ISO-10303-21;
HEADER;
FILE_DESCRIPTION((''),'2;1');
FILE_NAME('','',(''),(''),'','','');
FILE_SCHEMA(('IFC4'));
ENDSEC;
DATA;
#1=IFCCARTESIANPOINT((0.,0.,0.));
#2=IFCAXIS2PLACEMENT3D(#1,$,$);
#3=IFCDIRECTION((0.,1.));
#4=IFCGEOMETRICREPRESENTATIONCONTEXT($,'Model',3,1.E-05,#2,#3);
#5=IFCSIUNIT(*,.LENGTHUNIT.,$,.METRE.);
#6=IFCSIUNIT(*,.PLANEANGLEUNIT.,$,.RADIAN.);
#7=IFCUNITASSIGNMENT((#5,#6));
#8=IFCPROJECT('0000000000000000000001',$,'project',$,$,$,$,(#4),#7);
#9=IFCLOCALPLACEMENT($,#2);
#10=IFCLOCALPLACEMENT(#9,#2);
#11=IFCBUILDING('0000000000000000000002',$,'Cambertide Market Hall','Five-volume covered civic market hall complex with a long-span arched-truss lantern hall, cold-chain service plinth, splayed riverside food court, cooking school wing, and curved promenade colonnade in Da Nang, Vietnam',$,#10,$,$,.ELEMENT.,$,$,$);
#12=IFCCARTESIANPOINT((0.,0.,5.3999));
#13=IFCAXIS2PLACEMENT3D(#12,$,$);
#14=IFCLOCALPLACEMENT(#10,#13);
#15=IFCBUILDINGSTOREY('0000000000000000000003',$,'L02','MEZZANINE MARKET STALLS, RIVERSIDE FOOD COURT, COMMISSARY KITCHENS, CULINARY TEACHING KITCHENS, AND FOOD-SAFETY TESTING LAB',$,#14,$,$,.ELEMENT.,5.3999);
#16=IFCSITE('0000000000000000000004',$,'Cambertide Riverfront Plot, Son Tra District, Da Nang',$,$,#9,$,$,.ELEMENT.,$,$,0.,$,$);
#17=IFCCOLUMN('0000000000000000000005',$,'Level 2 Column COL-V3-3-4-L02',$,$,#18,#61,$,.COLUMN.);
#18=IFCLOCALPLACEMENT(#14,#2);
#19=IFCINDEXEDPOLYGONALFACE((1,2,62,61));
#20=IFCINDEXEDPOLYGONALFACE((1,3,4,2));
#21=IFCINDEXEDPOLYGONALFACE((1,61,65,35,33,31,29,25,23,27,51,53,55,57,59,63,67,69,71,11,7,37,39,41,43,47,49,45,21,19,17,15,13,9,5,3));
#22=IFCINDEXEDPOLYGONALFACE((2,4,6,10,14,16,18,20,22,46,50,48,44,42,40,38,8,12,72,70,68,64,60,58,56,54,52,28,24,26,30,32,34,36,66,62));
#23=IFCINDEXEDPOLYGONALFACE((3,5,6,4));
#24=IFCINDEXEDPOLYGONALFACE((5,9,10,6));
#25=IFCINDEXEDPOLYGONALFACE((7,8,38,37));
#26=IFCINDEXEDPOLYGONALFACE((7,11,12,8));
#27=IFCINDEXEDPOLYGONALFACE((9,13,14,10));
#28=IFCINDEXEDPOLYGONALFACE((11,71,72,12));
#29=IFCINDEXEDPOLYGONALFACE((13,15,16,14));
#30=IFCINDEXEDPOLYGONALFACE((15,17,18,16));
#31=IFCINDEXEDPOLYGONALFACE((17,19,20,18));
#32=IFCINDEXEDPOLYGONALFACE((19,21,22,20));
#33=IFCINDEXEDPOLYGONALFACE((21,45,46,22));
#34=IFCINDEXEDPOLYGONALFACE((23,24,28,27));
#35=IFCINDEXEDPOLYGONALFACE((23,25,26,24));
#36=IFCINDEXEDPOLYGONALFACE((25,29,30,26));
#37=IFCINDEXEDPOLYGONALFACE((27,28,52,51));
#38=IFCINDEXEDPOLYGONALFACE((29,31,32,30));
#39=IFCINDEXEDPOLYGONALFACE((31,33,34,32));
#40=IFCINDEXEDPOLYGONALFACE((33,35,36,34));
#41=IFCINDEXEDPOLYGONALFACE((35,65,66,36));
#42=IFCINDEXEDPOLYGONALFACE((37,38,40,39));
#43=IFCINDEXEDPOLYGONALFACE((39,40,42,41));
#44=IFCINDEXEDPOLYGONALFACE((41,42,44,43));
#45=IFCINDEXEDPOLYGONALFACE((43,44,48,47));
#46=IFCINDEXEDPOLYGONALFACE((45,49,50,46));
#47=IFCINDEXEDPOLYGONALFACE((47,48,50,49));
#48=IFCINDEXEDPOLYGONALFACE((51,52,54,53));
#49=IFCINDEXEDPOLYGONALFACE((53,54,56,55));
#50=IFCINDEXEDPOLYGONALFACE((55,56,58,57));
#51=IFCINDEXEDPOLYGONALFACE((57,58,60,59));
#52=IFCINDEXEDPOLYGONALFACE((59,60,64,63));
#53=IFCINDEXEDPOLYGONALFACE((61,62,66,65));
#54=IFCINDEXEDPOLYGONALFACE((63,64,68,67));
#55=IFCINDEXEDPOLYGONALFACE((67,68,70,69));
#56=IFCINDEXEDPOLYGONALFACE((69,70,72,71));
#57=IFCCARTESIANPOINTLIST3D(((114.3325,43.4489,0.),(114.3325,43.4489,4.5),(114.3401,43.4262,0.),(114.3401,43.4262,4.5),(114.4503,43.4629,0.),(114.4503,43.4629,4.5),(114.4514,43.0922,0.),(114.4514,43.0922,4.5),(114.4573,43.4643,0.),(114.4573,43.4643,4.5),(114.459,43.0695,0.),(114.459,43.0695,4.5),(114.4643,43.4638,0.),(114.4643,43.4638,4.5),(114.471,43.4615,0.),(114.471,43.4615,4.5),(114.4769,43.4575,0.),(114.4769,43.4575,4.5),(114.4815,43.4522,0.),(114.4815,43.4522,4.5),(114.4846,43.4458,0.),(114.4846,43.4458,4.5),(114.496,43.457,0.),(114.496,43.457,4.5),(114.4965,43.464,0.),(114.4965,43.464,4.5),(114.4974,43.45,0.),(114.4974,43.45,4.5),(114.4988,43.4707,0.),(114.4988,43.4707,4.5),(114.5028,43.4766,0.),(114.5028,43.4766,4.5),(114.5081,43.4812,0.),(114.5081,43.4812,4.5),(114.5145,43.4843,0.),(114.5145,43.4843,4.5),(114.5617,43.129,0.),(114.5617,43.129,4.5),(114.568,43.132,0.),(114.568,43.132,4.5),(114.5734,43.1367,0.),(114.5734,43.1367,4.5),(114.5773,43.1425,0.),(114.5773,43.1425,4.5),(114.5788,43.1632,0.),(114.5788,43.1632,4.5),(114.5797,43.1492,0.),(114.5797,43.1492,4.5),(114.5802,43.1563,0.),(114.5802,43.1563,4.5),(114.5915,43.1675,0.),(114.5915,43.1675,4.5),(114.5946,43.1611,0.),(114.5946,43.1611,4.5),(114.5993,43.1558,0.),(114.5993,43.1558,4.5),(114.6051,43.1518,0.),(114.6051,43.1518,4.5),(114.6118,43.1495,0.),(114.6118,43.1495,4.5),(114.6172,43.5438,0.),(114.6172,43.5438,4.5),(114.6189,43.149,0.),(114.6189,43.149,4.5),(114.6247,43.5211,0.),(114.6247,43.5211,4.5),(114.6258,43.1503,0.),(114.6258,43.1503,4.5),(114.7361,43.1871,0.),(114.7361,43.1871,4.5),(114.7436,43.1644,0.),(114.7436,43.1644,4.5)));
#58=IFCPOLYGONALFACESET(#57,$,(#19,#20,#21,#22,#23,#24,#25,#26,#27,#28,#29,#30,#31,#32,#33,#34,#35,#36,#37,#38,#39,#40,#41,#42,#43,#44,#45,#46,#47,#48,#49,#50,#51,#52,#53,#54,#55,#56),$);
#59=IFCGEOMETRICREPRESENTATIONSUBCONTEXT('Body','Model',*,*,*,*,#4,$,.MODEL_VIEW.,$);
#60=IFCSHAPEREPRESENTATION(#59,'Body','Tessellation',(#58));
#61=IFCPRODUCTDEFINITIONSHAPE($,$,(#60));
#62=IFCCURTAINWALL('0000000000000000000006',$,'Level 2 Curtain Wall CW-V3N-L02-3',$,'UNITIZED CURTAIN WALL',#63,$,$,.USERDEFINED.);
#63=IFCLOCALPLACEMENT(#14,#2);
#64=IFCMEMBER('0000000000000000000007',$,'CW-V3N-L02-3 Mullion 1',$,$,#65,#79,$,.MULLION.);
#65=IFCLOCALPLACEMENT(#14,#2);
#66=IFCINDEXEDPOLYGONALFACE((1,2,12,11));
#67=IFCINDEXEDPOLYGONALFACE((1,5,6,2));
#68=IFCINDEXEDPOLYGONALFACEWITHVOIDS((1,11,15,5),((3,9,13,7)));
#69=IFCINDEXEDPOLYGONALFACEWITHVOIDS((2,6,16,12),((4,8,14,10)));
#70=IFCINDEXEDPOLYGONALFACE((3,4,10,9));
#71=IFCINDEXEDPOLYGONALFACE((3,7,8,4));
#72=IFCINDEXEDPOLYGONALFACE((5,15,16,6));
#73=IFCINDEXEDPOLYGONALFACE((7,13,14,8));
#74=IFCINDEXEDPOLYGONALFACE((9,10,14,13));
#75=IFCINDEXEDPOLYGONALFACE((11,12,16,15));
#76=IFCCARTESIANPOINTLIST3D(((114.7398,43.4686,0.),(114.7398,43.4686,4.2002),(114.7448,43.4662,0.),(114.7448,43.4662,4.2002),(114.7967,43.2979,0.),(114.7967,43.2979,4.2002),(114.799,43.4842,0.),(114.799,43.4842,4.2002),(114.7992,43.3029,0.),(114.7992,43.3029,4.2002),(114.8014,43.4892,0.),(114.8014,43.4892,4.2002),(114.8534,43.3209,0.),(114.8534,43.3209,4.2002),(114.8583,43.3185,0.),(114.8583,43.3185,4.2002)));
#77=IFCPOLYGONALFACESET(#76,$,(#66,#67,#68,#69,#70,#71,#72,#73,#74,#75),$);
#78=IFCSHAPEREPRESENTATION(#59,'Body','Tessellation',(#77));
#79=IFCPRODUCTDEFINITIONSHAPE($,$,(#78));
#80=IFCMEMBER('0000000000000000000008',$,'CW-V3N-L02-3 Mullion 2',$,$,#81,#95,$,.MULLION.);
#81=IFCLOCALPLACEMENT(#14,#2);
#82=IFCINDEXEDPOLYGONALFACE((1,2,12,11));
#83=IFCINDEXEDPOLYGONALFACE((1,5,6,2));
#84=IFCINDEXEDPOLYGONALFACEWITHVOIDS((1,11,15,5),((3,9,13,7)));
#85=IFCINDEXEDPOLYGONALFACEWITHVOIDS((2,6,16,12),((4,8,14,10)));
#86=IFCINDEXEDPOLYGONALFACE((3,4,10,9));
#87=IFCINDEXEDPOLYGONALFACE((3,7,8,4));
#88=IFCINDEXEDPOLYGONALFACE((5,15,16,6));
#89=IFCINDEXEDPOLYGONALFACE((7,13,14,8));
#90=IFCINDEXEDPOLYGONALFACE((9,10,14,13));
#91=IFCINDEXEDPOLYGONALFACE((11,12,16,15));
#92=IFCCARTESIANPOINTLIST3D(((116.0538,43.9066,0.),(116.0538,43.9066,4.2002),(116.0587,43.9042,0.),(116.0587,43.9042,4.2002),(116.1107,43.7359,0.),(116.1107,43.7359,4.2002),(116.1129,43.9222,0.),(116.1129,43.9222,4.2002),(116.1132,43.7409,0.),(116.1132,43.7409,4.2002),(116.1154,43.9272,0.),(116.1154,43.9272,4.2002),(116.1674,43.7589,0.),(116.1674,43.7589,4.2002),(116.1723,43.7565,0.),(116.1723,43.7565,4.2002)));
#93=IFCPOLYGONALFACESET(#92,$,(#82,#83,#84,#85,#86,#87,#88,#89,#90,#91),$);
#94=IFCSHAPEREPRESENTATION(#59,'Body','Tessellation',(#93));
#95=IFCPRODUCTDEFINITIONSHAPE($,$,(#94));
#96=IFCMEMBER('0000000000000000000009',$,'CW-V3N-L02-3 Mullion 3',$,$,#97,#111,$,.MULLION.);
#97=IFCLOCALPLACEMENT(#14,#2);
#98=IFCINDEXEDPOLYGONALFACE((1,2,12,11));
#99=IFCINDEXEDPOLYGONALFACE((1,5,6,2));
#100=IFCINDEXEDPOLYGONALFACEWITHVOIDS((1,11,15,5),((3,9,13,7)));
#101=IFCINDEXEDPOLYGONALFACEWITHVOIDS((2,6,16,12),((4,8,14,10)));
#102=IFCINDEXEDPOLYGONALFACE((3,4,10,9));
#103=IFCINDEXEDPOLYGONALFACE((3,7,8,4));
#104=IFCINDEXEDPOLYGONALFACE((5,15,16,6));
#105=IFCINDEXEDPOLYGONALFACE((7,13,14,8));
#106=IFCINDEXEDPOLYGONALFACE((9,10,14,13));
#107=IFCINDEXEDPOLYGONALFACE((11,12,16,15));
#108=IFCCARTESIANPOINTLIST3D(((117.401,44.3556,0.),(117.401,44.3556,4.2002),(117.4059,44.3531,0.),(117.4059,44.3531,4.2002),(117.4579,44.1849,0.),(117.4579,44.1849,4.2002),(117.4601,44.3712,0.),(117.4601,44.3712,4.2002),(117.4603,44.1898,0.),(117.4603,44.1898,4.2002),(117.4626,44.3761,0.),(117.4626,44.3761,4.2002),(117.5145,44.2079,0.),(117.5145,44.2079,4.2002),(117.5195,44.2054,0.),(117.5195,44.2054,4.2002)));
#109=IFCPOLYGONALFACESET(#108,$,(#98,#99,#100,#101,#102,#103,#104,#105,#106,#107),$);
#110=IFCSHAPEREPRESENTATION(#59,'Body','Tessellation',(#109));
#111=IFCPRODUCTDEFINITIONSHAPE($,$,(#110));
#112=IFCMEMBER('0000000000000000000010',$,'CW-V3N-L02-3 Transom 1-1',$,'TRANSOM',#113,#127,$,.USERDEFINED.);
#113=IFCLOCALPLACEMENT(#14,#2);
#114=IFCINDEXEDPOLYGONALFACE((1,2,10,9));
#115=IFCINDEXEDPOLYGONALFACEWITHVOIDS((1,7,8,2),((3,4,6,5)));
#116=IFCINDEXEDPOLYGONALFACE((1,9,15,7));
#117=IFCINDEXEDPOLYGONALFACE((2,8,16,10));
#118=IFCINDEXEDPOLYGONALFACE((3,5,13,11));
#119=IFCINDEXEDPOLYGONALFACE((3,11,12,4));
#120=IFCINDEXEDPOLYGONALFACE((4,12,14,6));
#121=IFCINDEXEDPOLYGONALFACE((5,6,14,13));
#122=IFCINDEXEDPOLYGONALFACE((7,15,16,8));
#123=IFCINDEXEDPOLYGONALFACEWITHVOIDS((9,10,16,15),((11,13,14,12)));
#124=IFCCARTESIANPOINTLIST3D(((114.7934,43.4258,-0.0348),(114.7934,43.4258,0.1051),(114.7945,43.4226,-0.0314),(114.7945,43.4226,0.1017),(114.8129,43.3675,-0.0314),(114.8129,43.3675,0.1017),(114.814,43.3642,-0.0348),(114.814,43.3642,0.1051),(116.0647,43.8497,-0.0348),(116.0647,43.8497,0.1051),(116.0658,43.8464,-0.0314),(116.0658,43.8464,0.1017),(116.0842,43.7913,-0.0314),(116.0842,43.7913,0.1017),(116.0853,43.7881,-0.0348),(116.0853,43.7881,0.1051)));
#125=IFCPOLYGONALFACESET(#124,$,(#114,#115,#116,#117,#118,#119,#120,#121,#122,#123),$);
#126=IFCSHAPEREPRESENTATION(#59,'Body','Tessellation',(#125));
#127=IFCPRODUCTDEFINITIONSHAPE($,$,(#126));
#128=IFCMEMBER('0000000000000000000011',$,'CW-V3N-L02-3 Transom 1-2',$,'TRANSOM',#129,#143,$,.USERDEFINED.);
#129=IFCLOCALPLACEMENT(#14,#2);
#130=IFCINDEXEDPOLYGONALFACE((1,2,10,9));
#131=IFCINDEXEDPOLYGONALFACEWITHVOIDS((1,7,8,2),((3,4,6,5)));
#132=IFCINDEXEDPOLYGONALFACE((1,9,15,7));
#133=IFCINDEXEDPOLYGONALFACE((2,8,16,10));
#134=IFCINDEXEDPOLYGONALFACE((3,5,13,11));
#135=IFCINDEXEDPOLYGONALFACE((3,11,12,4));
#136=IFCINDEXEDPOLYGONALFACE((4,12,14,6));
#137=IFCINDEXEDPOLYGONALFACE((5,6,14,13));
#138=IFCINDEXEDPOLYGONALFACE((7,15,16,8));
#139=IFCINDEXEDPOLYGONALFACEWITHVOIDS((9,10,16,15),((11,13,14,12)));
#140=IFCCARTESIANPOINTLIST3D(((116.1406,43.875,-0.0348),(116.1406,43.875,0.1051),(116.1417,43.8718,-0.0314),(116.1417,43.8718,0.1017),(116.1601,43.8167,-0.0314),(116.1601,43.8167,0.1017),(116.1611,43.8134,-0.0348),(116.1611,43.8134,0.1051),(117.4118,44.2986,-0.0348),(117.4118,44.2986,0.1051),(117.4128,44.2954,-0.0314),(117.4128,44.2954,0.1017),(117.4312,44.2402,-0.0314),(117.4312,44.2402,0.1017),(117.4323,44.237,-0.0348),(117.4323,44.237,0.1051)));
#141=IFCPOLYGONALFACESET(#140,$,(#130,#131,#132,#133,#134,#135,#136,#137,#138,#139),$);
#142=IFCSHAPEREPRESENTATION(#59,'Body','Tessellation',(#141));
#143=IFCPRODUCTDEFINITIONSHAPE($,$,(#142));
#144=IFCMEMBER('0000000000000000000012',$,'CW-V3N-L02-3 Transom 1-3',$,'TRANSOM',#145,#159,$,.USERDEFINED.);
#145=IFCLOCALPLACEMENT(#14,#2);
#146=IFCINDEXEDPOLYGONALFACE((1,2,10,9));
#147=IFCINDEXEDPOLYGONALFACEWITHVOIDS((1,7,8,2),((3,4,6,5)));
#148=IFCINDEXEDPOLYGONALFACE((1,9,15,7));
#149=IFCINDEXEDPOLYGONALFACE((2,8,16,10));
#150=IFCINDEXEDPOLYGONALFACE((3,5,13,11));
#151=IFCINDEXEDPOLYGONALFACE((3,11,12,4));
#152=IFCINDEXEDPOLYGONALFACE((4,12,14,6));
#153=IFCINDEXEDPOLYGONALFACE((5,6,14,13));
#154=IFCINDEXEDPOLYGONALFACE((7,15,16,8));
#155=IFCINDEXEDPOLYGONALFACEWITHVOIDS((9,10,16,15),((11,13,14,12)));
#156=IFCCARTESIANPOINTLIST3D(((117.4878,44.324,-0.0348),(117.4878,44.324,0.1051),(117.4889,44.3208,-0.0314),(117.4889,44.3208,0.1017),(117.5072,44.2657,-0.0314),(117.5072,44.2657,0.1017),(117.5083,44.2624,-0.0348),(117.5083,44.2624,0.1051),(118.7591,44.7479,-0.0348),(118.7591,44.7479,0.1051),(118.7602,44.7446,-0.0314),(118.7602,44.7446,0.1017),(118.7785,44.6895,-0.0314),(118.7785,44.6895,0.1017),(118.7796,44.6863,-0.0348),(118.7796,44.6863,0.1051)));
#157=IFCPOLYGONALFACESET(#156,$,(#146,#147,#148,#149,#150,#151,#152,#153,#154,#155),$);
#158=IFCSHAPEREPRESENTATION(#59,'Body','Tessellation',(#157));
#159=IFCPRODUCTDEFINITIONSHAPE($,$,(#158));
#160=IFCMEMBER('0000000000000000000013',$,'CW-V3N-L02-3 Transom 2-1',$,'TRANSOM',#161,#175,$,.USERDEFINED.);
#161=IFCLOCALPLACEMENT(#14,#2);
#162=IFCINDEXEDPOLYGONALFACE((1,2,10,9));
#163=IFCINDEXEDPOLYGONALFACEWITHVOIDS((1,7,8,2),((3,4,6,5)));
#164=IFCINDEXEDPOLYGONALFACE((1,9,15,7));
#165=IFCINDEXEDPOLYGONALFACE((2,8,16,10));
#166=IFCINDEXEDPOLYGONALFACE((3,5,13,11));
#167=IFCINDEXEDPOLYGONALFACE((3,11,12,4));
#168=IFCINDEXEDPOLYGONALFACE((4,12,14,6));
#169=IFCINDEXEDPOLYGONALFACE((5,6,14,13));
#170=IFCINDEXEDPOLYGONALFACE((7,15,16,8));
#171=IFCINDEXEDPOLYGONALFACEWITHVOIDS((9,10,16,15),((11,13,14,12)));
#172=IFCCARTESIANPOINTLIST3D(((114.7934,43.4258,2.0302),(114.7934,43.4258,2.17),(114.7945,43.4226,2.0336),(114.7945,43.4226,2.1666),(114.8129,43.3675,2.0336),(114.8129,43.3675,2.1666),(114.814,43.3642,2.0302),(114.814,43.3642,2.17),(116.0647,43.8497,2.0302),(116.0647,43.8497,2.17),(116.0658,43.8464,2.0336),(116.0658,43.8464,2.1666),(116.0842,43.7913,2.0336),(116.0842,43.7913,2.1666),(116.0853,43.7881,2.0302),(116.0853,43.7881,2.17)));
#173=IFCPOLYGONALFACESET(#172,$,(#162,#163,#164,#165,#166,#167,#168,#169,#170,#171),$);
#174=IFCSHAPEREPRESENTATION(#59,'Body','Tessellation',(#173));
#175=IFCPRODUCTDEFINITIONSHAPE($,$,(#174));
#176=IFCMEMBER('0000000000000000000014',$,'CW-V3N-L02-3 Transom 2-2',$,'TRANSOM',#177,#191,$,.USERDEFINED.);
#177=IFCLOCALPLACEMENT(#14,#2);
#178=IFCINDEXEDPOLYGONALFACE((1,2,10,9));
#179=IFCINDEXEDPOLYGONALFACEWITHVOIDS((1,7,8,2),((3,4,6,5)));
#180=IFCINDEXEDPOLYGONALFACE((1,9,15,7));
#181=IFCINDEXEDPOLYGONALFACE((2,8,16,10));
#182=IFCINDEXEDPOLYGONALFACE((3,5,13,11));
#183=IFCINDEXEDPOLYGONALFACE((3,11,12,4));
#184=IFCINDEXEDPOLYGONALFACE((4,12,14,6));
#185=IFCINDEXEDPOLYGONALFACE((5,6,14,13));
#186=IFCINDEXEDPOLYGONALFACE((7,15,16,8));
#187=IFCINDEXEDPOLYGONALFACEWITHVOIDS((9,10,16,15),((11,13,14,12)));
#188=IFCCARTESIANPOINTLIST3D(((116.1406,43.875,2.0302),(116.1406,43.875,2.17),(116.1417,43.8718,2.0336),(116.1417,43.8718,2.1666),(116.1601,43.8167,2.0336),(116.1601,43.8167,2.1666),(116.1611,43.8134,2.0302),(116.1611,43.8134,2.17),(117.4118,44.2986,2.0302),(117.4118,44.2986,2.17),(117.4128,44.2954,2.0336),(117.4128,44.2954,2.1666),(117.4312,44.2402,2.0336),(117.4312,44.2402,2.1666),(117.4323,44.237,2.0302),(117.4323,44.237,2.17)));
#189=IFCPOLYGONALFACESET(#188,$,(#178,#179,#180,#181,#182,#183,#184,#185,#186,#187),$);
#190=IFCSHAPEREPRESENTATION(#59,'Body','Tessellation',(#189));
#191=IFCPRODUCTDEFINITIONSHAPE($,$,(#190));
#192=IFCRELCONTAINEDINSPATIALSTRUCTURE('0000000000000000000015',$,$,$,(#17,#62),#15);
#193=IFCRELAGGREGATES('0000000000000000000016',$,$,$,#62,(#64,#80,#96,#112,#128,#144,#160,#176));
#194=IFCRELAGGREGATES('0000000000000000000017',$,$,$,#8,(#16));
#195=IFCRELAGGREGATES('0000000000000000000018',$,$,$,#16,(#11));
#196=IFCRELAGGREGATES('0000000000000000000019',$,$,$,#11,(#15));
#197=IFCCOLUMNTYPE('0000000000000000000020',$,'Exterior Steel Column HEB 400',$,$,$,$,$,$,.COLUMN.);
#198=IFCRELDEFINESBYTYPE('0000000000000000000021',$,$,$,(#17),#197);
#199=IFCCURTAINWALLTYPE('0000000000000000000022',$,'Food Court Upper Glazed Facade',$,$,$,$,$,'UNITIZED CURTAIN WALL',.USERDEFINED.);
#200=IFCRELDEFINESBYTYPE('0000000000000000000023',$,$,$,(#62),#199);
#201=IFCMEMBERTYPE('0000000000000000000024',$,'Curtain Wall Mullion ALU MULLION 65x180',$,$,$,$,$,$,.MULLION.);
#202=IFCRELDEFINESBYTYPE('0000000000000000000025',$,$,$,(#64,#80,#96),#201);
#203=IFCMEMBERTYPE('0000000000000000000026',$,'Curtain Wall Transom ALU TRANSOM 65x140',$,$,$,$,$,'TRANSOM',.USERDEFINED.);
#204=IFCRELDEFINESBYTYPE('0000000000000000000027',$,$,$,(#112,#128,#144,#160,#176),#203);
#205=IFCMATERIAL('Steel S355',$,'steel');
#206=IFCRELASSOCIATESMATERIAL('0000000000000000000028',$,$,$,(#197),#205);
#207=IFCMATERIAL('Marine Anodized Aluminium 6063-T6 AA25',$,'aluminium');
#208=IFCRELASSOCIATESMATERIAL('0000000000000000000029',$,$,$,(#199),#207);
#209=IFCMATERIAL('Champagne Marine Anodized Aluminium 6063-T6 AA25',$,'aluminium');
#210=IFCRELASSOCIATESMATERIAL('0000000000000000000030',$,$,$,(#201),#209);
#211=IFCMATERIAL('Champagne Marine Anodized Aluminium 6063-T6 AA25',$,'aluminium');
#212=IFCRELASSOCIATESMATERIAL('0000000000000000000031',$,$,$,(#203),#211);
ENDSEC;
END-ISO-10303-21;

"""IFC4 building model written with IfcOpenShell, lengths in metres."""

from ifc_helpers import new_model, si_unit, direction, frame, origin, origin_2d, place, context, subcontext, project, spatial, hollow_rectangle, i_section, extrude, material, material_profile, profile_set, type_object, element, aggregate, save


model = new_model("IFC4")

# Units and contexts
model_context = context("Model", 3, precision=1e-05, world=origin(), true_north=direction((0.0, 1.0)))
body_context = subcontext(model_context, "Body", "Model", "MODEL_VIEW")
ifc_project = project(units=[si_unit("LENGTHUNIT", "METRE"), si_unit("PLANEANGLEUNIT", "RADIAN")], contexts=[model_context])

# Site, building, storey
site_placement = place(None, origin())
site = spatial("IfcSite", under=ifc_project, at=site_placement, Name="Cambertide Riverfront Plot, Son Tra District, Da Nang", CompositionType="ELEMENT", RefElevation=0.0)
building_placement = place(site_placement, origin())
building = spatial("IfcBuilding", under=site, at=building_placement, Name="Cambertide Market Hall", Description="Five-volume covered civic market hall complex with a long-span arched-truss lantern hall, cold-chain service plinth, splayed riverside food court, cooking school wing, and curved promenade colonnade in Da Nang, Vietnam", CompositionType="ELEMENT")
storey_placement = place(building_placement, frame((0.0, 0.0, 5.3999)))
storey = spatial("IfcBuildingStorey", under=building, at=storey_placement, Name="L02", Description="MEZZANINE MARKET STALLS, RIVERSIDE FOOD COURT, COMMISSARY KITCHENS, CULINARY TEACHING KITCHENS, AND FOOD-SAFETY TESTING LAB", CompositionType="ELEMENT", Elevation=5.3999)

# Column
ifc_material_1 = material(Name="Steel S355", Category="steel")
ifc_material_profile_1 = material_profile(ifc_material_1, i_section(OverallWidth=0.3, OverallDepth=0.3999, WebThickness=0.0134, FlangeThickness=0.0239, FilletRadius=0.0271, at=origin_2d()), Name="HEB 400")
ifc_profile_set_1 = profile_set([ifc_material_profile_1], Name="Steel S355")
column_type = type_object("IfcColumnType", Name="Exterior Steel Column HEB 400", PredefinedType="COLUMN", material=ifc_profile_set_1)
column_placement = place(storey_placement, frame((114.5381, 43.3066, 0.0), z_axis=(0.0, 0.0, 1.0), x_axis=(0.948683, 0.316228, 0.0)))
element("IfcColumn", 1, at=column_placement, inside=storey, type_object=column_type, Name="Level 2 Column COL-V3-3-4-L02", PredefinedType="COLUMN", context=body_context, shape_type="SweptSolid", body=[
    extrude(i_section(OverallWidth=0.3, OverallDepth=0.3999, WebThickness=0.0134, FlangeThickness=0.0239, FilletRadius=0.0271, at=origin_2d()), origin(), (0.0, 0.0, 1.0), 4.5),
])

# Curtain wall, members
ifc_material_2 = material(Name="Marine Anodized Aluminium 6063-T6 AA25", Category="aluminium")
curtain_wall_type = type_object("IfcCurtainWallType", Name="Food Court Upper Glazed Facade", ElementType="UNITIZED CURTAIN WALL", PredefinedType="USERDEFINED", material=ifc_material_2)
curtain_wall_placement = place(storey_placement, origin())
curtain_wall = element("IfcCurtainWall", 2, at=curtain_wall_placement, inside=storey, type_object=curtain_wall_type, Name="Level 2 Curtain Wall CW-V3N-L02-3", ObjectType="UNITIZED CURTAIN WALL", PredefinedType="USERDEFINED")
ifc_material_3 = material(Name="Champagne Marine Anodized Aluminium 6063-T6 AA25", Category="aluminium")
ifc_material_profile_2 = material_profile(ifc_material_3, hollow_rectangle(XDim=0.0649, YDim=0.1799, WallThickness=0.0039, at=origin_2d()), Name="ALU MULLION 65x180")
ifc_profile_set_2 = profile_set([ifc_material_profile_2], Name="Champagne Marine Anodized Aluminium 6063-T6 AA25")
member_type_1 = type_object("IfcMemberType", Name="Curtain Wall Mullion ALU MULLION 65x180", PredefinedType="MULLION", material=ifc_profile_set_2)
member_1_placement = place(storey_placement, frame((114.7991, 43.3936, 0.0), z_axis=(0.0, 0.0, 1.0), x_axis=(0.948683, 0.316228, 0.0)))
member_1 = element("IfcMember", 3, at=member_1_placement, type_object=member_type_1, Name="CW-V3N-L02-3 Mullion 1", PredefinedType="MULLION", context=body_context, shape_type="SweptSolid", body=[
    extrude(hollow_rectangle(XDim=0.0649, YDim=0.1799, WallThickness=0.0039, at=origin_2d()), origin(), (0.0, 0.0, 1.0), 4.2002),
])
member_2_placement = place(storey_placement, frame((116.113, 43.8315, 0.0), z_axis=(0.0, 0.0, 1.0), x_axis=(0.948683, 0.316228, 0.0)))
member_2 = element("IfcMember", 4, at=member_2_placement, type_object=member_type_1, Name="CW-V3N-L02-3 Mullion 2", PredefinedType="MULLION", context=body_context, shape_type="SweptSolid", body=[
    extrude(hollow_rectangle(XDim=0.0649, YDim=0.1799, WallThickness=0.0039, at=origin_2d()), origin(), (0.0, 0.0, 1.0), 4.2002),
])
member_3_placement = place(storey_placement, frame((117.4602, 44.2805, 0.0), z_axis=(0.0, 0.0, 1.0), x_axis=(0.948683, 0.316228, 0.0)))
member_3 = element("IfcMember", 5, at=member_3_placement, type_object=member_type_1, Name="CW-V3N-L02-3 Mullion 3", PredefinedType="MULLION", context=body_context, shape_type="SweptSolid", body=[
    extrude(hollow_rectangle(XDim=0.0649, YDim=0.1799, WallThickness=0.0039, at=origin_2d()), origin(), (0.0, 0.0, 1.0), 4.2002),
])
ifc_material_4 = material(Name="Champagne Marine Anodized Aluminium 6063-T6 AA25", Category="aluminium")
ifc_material_profile_3 = material_profile(ifc_material_4, hollow_rectangle(XDim=0.0649, YDim=0.1399, WallThickness=0.0034, at=origin_2d()), Name="ALU TRANSOM 65x140")
ifc_profile_set_3 = profile_set([ifc_material_profile_3], Name="Champagne Marine Anodized Aluminium 6063-T6 AA25")
member_type_2 = type_object("IfcMemberType", Name="Curtain Wall Transom ALU TRANSOM 65x140", ElementType="TRANSOM", PredefinedType="USERDEFINED", material=ifc_profile_set_3)
member_4_placement = place(storey_placement, frame((114.8037, 43.395, 0.0352), z_axis=(0.948665, 0.316282, 0.0), x_axis=(-0.316282, 0.948665, 0.0)))
member_4 = element("IfcMember", 6, at=member_4_placement, type_object=member_type_2, Name="CW-V3N-L02-3 Transom 1-1", ObjectType="TRANSOM", PredefinedType="USERDEFINED", context=body_context, shape_type="SweptSolid", body=[
    extrude(hollow_rectangle(XDim=0.0649, YDim=0.1399, WallThickness=0.0034, at=origin_2d()), origin(), (0.0, 0.0, 1.0), 1.3401),
])
member_5_placement = place(storey_placement, frame((116.1509, 43.8442, 0.0352), z_axis=(0.94872, 0.316118, 0.0), x_axis=(-0.316118, 0.94872, 0.0)))
member_5 = element("IfcMember", 7, at=member_5_placement, type_object=member_type_2, Name="CW-V3N-L02-3 Transom 1-2", ObjectType="TRANSOM", PredefinedType="USERDEFINED", context=body_context, shape_type="SweptSolid", body=[
    extrude(hollow_rectangle(XDim=0.0649, YDim=0.1399, WallThickness=0.0034, at=origin_2d()), origin(), (0.0, 0.0, 1.0), 1.3398),
])
member_6_placement = place(storey_placement, frame((117.498, 44.2932, 0.0352), z_axis=(0.948665, 0.316282, 0.0), x_axis=(-0.316282, 0.948665, 0.0)))
member_6 = element("IfcMember", 8, at=member_6_placement, type_object=member_type_2, Name="CW-V3N-L02-3 Transom 1-3", ObjectType="TRANSOM", PredefinedType="USERDEFINED", context=body_context, shape_type="SweptSolid", body=[
    extrude(hollow_rectangle(XDim=0.0649, YDim=0.1399, WallThickness=0.0034, at=origin_2d()), origin(), (0.0, 0.0, 1.0), 1.3401),
])
member_7_placement = place(storey_placement, frame((114.8037, 43.395, 2.1001), z_axis=(0.948665, 0.316282, 0.0), x_axis=(-0.316282, 0.948665, 0.0)))
member_7 = element("IfcMember", 9, at=member_7_placement, type_object=member_type_2, Name="CW-V3N-L02-3 Transom 2-1", ObjectType="TRANSOM", PredefinedType="USERDEFINED", context=body_context, shape_type="SweptSolid", body=[
    extrude(hollow_rectangle(XDim=0.0649, YDim=0.1399, WallThickness=0.0034, at=origin_2d()), origin(), (0.0, 0.0, 1.0), 1.3401),
])
member_8_placement = place(storey_placement, frame((116.1509, 43.8442, 2.1001), z_axis=(0.94872, 0.316118, 0.0), x_axis=(-0.316118, 0.94872, 0.0)))
member_8 = element("IfcMember", 10, at=member_8_placement, type_object=member_type_2, Name="CW-V3N-L02-3 Transom 2-2", ObjectType="TRANSOM", PredefinedType="USERDEFINED", context=body_context, shape_type="SweptSolid", body=[
    extrude(hollow_rectangle(XDim=0.0649, YDim=0.1399, WallThickness=0.0034, at=origin_2d()), origin(), (0.0, 0.0, 1.0), 1.3398),
])

aggregate(curtain_wall, [member_1, member_2, member_3, member_4, member_5, member_6, member_7, member_8])

save(model, "model.ifc")
